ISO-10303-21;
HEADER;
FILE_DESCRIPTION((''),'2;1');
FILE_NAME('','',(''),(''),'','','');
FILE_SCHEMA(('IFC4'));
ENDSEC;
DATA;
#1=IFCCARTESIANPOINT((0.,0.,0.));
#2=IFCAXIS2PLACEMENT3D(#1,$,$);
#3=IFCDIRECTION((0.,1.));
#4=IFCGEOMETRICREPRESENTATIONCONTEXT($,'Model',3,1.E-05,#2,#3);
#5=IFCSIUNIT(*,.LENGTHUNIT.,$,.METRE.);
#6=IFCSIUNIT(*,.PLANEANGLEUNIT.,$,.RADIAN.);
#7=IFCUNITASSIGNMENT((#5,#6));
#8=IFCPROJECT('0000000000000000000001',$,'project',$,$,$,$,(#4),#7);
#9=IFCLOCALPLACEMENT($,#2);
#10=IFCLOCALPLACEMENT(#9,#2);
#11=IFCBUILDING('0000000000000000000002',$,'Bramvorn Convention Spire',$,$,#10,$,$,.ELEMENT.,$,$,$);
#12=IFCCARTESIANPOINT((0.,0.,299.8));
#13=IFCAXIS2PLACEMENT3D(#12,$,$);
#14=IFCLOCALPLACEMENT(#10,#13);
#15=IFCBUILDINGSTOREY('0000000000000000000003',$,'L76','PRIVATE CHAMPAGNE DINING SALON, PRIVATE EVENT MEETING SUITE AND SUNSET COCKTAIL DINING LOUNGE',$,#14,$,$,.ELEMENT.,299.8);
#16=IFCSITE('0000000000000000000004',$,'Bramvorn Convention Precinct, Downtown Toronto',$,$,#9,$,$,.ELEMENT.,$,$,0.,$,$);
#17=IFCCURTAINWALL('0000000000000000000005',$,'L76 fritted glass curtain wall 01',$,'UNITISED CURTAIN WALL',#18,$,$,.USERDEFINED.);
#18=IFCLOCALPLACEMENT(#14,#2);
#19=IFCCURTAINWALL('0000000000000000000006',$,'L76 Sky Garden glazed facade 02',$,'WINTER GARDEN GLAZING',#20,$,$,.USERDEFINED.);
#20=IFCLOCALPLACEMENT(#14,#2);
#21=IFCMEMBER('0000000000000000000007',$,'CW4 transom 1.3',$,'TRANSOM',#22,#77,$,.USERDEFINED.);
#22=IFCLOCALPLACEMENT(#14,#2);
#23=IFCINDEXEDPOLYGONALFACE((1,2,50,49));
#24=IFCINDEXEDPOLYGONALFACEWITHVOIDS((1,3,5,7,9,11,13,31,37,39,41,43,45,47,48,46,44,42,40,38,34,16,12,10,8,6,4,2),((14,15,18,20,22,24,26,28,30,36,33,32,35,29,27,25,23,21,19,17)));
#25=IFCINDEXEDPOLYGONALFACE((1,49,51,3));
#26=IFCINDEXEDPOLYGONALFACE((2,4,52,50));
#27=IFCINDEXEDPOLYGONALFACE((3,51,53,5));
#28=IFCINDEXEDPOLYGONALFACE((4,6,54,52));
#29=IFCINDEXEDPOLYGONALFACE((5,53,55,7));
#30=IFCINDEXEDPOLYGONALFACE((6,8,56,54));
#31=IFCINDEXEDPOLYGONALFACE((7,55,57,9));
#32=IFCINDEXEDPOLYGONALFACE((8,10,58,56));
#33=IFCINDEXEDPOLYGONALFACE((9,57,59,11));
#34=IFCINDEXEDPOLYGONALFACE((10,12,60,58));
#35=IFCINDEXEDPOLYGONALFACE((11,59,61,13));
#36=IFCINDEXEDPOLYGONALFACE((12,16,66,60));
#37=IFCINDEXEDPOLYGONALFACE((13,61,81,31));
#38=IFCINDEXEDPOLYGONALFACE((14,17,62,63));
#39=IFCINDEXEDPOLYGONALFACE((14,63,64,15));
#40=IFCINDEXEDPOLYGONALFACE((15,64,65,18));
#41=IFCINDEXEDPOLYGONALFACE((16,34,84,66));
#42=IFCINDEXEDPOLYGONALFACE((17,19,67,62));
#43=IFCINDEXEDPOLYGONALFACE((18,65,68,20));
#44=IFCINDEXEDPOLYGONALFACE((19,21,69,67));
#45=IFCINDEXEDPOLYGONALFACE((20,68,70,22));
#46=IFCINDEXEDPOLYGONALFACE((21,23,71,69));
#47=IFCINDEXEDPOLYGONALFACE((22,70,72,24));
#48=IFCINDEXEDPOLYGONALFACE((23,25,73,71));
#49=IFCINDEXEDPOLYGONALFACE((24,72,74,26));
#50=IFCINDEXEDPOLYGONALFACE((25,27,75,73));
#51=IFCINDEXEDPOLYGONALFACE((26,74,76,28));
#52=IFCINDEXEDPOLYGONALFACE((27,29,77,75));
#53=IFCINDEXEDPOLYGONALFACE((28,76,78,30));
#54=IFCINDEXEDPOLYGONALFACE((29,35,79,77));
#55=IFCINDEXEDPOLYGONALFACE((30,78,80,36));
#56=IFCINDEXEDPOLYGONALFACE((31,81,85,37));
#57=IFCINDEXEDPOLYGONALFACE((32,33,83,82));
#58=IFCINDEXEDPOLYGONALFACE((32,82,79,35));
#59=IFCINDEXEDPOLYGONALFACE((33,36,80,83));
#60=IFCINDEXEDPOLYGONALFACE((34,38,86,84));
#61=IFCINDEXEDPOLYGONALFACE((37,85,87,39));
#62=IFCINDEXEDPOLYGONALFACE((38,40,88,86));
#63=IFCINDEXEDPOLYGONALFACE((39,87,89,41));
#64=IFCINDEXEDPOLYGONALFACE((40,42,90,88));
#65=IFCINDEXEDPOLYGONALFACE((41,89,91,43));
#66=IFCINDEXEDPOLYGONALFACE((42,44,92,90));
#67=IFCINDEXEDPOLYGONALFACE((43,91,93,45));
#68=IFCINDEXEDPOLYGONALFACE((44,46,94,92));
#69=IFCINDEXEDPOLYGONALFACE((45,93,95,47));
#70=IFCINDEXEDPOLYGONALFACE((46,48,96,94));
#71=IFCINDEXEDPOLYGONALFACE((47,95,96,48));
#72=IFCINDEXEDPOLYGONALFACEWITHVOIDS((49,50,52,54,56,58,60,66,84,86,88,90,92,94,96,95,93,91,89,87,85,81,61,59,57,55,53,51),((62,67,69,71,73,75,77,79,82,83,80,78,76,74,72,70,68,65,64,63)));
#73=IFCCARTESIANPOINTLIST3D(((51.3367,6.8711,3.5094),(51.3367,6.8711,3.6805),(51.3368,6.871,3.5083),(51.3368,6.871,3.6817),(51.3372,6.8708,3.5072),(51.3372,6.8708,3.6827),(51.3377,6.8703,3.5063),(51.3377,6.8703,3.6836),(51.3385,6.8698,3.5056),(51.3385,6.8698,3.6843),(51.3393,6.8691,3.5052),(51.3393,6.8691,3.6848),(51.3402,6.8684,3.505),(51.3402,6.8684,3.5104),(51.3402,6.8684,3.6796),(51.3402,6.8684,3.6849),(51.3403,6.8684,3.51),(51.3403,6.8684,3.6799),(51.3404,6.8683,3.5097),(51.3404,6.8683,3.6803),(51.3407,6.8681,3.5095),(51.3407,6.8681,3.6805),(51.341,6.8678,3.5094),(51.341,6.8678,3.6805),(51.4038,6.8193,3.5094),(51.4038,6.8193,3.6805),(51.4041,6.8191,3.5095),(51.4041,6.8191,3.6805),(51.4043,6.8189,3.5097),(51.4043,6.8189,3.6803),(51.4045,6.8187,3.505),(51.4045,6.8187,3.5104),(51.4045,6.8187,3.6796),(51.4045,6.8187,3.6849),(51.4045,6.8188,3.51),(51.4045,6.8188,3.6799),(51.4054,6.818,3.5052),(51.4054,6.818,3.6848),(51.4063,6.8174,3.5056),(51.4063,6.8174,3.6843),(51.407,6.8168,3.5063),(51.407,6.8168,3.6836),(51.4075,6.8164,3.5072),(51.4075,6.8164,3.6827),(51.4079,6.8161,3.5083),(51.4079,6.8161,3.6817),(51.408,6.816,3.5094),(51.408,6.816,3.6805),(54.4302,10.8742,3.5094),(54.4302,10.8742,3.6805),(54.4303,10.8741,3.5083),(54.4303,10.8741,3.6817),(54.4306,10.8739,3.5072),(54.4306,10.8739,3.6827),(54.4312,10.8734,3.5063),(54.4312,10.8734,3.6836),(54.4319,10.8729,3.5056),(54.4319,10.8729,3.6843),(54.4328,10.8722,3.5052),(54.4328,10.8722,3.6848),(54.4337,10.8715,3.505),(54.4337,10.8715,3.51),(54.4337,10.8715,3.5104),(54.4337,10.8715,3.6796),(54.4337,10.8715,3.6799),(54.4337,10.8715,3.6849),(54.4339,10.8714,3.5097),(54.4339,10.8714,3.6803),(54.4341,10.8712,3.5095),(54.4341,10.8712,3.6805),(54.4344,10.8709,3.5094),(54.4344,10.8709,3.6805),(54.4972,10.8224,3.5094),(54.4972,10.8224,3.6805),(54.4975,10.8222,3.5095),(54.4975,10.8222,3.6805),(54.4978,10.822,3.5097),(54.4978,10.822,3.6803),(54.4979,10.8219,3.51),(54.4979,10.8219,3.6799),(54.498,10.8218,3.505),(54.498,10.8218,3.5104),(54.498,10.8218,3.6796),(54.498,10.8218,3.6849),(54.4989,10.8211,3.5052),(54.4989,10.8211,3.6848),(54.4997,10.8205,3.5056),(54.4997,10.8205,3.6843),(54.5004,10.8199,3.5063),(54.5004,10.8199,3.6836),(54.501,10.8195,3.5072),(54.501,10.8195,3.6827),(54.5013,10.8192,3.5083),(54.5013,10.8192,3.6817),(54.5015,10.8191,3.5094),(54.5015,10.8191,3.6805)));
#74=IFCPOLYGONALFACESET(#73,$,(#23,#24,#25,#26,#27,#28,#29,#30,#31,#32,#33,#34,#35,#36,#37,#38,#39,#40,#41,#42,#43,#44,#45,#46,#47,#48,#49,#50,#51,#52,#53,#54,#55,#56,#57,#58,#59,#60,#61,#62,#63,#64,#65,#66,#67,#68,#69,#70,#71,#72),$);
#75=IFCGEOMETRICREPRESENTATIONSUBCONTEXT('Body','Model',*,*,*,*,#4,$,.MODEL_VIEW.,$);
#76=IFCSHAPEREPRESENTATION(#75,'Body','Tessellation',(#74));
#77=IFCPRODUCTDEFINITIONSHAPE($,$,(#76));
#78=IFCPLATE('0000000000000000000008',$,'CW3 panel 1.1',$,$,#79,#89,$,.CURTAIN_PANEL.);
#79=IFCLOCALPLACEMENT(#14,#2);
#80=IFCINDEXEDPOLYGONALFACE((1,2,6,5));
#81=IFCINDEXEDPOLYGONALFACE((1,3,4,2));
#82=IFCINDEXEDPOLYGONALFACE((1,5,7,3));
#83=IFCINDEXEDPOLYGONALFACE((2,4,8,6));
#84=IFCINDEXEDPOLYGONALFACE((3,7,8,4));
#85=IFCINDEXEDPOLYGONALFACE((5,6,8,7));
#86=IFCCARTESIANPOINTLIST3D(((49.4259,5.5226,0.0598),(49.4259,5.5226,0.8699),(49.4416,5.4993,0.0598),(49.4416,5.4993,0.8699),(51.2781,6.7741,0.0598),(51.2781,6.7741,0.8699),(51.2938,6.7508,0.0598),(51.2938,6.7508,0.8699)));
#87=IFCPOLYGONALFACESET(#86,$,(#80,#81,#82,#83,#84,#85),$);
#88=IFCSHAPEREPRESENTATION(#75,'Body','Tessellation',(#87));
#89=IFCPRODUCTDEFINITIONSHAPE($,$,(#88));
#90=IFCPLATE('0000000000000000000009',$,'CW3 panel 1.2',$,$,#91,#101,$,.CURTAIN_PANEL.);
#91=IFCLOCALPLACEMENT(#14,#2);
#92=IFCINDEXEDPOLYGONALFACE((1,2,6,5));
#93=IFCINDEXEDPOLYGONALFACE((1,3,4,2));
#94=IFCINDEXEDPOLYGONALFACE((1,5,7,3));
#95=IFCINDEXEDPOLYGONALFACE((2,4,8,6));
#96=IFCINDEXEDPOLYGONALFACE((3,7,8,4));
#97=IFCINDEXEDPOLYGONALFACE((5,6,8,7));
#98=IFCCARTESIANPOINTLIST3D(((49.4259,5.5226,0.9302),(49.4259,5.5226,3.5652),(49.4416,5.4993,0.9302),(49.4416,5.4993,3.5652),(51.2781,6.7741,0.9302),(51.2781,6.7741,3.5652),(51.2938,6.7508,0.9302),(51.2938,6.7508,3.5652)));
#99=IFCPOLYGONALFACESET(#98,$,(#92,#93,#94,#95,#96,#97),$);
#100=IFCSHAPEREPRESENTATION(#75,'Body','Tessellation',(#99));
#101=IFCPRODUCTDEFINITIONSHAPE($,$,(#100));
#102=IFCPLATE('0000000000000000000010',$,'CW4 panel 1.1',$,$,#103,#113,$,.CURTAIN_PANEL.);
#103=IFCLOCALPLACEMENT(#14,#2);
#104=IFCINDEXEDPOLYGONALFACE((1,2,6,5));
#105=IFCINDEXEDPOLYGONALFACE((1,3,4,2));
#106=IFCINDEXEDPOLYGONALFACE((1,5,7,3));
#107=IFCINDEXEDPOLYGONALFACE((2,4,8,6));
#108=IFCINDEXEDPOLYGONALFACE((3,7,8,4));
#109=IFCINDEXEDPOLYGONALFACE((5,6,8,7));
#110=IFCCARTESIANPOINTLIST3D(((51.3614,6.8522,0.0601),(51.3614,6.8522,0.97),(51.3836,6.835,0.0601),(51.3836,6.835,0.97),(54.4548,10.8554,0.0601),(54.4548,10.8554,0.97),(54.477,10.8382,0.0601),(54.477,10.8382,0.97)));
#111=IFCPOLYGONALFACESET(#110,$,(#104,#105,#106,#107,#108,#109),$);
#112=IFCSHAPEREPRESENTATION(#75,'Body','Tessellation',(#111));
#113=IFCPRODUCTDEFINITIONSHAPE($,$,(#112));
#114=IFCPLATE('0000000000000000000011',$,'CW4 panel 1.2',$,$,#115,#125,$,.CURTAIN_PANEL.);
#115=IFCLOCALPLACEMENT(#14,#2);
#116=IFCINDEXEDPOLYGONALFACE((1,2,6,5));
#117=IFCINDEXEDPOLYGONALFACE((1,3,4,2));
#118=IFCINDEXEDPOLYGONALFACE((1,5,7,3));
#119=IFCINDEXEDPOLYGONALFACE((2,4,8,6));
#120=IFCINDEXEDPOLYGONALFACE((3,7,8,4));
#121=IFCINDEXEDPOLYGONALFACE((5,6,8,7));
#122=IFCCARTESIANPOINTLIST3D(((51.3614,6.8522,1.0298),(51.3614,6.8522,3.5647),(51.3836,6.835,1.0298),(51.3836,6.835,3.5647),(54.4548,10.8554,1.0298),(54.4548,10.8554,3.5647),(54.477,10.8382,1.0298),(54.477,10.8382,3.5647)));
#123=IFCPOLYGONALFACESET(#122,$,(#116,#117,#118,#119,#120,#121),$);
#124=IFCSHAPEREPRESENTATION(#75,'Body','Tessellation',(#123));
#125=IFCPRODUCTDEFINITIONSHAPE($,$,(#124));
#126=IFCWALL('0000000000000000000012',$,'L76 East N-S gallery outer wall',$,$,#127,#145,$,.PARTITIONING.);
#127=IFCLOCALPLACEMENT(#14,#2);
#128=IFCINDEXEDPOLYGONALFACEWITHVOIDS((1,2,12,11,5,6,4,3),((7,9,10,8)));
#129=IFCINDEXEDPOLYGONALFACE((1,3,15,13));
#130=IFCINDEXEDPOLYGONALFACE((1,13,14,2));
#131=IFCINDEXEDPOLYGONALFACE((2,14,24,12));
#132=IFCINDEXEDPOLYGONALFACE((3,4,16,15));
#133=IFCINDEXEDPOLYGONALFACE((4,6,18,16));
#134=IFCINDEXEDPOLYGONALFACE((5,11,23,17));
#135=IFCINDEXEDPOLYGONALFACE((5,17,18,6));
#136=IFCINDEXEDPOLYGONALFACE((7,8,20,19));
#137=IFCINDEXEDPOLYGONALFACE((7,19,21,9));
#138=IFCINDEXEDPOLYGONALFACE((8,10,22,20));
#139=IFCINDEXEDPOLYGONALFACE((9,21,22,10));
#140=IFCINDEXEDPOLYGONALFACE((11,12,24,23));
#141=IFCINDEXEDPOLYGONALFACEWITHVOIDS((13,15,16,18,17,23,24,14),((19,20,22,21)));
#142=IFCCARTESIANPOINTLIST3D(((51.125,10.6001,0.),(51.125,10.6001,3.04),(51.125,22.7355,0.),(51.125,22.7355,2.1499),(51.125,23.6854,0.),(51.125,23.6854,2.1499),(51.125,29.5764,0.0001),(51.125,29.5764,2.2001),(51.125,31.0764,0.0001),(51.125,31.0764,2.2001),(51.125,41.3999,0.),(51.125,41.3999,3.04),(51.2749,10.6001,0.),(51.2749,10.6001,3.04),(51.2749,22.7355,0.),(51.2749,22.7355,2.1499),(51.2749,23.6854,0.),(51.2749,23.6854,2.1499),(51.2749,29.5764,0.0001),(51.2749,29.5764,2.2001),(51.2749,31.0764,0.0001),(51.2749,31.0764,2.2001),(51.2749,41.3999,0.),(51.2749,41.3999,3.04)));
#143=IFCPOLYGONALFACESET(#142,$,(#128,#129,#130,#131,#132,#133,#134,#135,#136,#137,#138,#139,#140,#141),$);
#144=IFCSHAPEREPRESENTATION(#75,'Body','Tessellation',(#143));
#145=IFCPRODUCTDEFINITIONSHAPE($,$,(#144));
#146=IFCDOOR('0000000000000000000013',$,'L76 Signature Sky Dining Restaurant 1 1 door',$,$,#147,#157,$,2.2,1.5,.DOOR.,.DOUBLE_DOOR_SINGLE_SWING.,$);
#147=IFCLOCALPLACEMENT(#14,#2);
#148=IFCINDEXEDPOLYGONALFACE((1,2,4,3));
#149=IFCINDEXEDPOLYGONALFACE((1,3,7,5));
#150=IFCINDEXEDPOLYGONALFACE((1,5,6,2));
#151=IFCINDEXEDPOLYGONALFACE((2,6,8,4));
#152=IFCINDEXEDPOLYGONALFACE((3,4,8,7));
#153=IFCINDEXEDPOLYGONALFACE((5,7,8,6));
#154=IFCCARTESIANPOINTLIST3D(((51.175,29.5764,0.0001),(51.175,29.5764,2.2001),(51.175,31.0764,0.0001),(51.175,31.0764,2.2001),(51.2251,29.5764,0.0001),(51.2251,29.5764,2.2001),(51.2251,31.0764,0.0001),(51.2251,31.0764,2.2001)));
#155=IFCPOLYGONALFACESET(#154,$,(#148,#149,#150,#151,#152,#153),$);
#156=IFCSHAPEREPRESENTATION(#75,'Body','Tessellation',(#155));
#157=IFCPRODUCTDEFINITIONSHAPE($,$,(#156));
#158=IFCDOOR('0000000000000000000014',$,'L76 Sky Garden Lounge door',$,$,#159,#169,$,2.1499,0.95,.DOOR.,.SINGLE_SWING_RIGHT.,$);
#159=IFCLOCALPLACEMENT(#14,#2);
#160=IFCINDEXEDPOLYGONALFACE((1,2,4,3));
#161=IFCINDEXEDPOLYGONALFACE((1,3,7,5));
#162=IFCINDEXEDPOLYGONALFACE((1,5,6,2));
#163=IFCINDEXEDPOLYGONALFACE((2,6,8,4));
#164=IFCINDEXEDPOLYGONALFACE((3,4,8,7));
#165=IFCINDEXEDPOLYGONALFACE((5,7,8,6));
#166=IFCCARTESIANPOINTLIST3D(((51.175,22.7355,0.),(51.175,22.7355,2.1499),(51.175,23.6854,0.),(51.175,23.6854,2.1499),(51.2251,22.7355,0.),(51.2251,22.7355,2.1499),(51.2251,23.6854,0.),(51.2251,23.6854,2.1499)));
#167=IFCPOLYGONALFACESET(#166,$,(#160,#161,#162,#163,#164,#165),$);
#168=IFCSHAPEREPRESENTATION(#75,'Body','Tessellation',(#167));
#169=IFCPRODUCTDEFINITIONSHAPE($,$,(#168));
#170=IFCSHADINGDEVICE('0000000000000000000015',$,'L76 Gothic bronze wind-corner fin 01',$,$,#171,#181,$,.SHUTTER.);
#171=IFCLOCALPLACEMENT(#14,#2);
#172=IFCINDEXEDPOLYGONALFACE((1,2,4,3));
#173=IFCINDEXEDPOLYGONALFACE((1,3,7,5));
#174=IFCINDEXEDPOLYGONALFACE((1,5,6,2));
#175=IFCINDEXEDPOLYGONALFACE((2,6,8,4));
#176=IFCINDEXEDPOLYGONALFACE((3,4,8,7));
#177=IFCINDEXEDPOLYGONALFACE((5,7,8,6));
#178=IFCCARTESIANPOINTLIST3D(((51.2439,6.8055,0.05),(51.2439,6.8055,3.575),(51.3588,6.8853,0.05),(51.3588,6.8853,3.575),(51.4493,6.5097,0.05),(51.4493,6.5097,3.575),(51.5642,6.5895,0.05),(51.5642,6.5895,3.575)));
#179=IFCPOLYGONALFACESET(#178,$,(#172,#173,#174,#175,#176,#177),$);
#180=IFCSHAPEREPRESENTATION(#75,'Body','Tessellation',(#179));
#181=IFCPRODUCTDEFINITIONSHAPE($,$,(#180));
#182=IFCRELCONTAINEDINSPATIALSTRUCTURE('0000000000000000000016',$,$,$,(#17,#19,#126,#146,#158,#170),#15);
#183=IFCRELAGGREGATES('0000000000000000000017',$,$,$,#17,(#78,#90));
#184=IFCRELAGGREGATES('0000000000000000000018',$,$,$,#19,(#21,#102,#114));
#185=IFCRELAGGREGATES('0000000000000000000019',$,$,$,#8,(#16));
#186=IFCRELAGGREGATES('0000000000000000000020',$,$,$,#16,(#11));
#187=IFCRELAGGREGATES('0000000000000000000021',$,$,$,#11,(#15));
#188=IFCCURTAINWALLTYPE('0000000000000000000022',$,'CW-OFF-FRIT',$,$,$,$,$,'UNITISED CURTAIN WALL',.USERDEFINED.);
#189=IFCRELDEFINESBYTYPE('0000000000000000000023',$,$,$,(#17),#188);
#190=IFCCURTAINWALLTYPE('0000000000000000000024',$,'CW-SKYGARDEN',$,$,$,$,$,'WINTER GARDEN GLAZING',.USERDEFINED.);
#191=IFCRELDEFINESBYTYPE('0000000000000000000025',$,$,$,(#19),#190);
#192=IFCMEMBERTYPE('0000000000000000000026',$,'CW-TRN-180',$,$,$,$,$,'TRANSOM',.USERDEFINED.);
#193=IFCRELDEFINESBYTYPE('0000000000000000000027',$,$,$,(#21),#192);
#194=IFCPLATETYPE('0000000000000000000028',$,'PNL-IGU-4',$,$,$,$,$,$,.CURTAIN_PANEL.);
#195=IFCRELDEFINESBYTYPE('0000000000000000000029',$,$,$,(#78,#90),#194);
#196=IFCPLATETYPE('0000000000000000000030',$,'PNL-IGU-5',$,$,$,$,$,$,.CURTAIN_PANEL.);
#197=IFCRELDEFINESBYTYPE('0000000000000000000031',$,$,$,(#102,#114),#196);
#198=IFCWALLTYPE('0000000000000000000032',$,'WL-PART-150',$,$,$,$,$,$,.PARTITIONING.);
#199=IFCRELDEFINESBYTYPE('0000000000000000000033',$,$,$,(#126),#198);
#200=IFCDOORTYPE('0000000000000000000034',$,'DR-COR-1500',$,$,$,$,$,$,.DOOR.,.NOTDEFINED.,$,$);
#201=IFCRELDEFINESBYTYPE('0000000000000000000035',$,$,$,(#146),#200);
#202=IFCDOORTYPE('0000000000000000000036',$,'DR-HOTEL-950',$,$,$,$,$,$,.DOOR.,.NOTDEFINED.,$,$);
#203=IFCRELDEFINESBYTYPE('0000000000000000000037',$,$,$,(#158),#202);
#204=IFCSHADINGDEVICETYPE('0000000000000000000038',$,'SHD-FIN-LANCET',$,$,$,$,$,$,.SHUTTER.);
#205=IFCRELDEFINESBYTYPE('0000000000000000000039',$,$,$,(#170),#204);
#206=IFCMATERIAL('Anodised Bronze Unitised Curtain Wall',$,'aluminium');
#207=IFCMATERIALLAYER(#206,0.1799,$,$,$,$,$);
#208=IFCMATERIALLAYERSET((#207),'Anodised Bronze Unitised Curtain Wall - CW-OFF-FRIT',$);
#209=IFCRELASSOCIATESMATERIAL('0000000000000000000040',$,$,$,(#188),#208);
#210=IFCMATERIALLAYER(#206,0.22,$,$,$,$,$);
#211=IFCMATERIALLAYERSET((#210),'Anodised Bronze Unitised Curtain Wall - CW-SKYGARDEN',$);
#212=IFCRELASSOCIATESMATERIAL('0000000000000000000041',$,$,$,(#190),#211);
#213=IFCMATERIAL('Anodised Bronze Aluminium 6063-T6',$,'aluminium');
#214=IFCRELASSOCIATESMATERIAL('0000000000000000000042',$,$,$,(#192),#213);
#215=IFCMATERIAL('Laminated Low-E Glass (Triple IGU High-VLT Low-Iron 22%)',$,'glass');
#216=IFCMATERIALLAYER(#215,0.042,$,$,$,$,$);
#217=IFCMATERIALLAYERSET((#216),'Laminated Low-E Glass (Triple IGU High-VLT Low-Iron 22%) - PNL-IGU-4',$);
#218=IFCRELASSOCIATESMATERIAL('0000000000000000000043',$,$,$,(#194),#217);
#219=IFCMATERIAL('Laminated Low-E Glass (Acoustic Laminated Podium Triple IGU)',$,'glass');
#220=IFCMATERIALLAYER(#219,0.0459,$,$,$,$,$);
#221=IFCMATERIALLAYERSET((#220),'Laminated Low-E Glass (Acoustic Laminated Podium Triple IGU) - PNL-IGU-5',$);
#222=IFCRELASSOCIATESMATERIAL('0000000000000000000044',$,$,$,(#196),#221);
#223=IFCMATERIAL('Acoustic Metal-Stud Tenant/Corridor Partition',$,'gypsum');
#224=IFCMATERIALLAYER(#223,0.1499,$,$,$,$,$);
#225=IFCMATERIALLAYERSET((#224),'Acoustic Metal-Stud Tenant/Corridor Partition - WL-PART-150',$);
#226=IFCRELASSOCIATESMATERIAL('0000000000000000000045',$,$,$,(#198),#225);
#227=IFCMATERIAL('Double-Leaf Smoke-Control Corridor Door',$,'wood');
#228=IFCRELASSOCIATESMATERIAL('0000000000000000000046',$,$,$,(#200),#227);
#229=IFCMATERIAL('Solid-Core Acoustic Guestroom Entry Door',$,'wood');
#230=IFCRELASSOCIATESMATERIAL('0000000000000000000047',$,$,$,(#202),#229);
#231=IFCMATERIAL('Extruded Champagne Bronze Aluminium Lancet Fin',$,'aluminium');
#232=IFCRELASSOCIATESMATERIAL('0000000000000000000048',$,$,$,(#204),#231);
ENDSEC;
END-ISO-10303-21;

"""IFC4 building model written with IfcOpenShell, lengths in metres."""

from ifc_helpers import new_model, si_unit, direction, frame, frame_2d, origin, origin_2d, place, context, subcontext, project, spatial, rectangle, hollow_rectangle, extrude, material, layer, layer_set, material_profile, profile_set, type_object, element, fill, aggregate, save


model = new_model("IFC4")

# Units and contexts
model_context = context("Model", 3, precision=1e-05, world=origin(), true_north=direction((0.0, 1.0)))
body_context = subcontext(model_context, "Body", "Model", "MODEL_VIEW")
ifc_project = project(units=[si_unit("LENGTHUNIT", "METRE"), si_unit("PLANEANGLEUNIT", "RADIAN")], contexts=[model_context])

# Site, building, storey
site_placement = place(None, origin())
site = spatial("IfcSite", under=ifc_project, at=site_placement, Name="Bramvorn Convention Precinct, Downtown Toronto", CompositionType="ELEMENT", RefElevation=0.0)
building_placement = place(site_placement, origin())
building = spatial("IfcBuilding", under=site, at=building_placement, Name="Bramvorn Convention Spire", CompositionType="ELEMENT")
storey_placement = place(building_placement, frame((0.0, 0.0, 299.8)))
storey = spatial("IfcBuildingStorey", under=building, at=storey_placement, Name="L76", Description="PRIVATE CHAMPAGNE DINING SALON, PRIVATE EVENT MEETING SUITE AND SUNSET COCKTAIL DINING LOUNGE", CompositionType="ELEMENT", Elevation=299.8)

# Curtain walls
ifc_material_1 = material(Name="Anodised Bronze Unitised Curtain Wall", Category="aluminium")
ifc_layer_1 = layer(ifc_material_1, 0.1799)
ifc_layer_set_1 = layer_set([ifc_layer_1], Name="Anodised Bronze Unitised Curtain Wall - CW-OFF-FRIT")
curtain_wall_type_1 = type_object("IfcCurtainWallType", Name="CW-OFF-FRIT", ElementType="UNITISED CURTAIN WALL", PredefinedType="USERDEFINED", material=ifc_layer_set_1)
curtain_wall_1_placement = place(storey_placement, origin())
curtain_wall_1 = element("IfcCurtainWall", 1, at=curtain_wall_1_placement, inside=storey, type_object=curtain_wall_type_1, Name="L76 fritted glass curtain wall 01", ObjectType="UNITISED CURTAIN WALL", PredefinedType="USERDEFINED")
ifc_material_2 = material(Name="Anodised Bronze Aluminium 6063-T6", Category="aluminium")
ifc_layer_2 = layer(ifc_material_1, 0.22)
ifc_layer_set_2 = layer_set([ifc_layer_2], Name="Anodised Bronze Unitised Curtain Wall - CW-SKYGARDEN")
curtain_wall_type_2 = type_object("IfcCurtainWallType", Name="CW-SKYGARDEN", ElementType="WINTER GARDEN GLAZING", PredefinedType="USERDEFINED", material=ifc_layer_set_2)
curtain_wall_2_placement = place(storey_placement, origin())
curtain_wall_2 = element("IfcCurtainWall", 2, at=curtain_wall_2_placement, inside=storey, type_object=curtain_wall_type_2, Name="L76 Sky Garden glazed facade 02", ObjectType="WINTER GARDEN GLAZING", PredefinedType="USERDEFINED")

# Member
ifc_material_profile_1 = material_profile(ifc_material_2, hollow_rectangle(XDim=0.0901, YDim=0.1799, WallThickness=0.0044, InnerFilletRadius=0.001, OuterFilletRadius=0.0044, at=origin_2d()))
ifc_profile_set_1 = profile_set([ifc_material_profile_1], Name="Anodised Bronze Aluminium 6063-T6 - CWT90X180")
member_type_1 = type_object("IfcMemberType", Name="CW-TRN-180", ElementType="TRANSOM", PredefinedType="USERDEFINED", material=ifc_profile_set_1)
member_1_placement = place(storey_placement, frame((54.4658, 10.8467, 3.595), z_axis=(-0.611465, -0.791271, 0.0), x_axis=(0.791271, -0.611465, 0.0)))
member_1 = element("IfcMember", 3, at=member_1_placement, type_object=member_type_1, Name="CW4 transom 1.3", ObjectType="TRANSOM", PredefinedType="USERDEFINED", context=body_context, shape_type="SweptSolid", body=[
    extrude(hollow_rectangle(XDim=0.0901, YDim=0.1799, WallThickness=0.0044, InnerFilletRadius=0.001, OuterFilletRadius=0.0044, at=origin_2d()), origin(), (0.0, 0.0, 1.0), 5.0591),
])

# Plates
ifc_material_3 = material(Name="Laminated Low-E Glass (Triple IGU High-VLT Low-Iron 22%)", Category="glass")
ifc_layer_3 = layer(ifc_material_3, 0.042)
ifc_layer_set_3 = layer_set([ifc_layer_3], Name="Laminated Low-E Glass (Triple IGU High-VLT Low-Iron 22%) - PNL-IGU-4")
plate_type_1 = type_object("IfcPlateType", Name="PNL-IGU-4", PredefinedType="CURTAIN_PANEL", material=ifc_layer_set_3)
plate_1_placement = place(storey_placement, frame((50.3599, 6.1367, 0.0598), z_axis=(0.0, 0.0, 1.0), x_axis=(-0.828584, -0.559865, 0.0)))
plate_1 = element("IfcPlate", 4, at=plate_1_placement, type_object=plate_type_1, Name="CW3 panel 1.1", PredefinedType="CURTAIN_PANEL", context=body_context, shape_type="SweptSolid", body=[
    extrude(rectangle(XDim=2.2354, YDim=0.0281, at=origin_2d()), origin(), (0.0, 0.0, 1.0), 0.8101),
])
plate_2_placement = place(storey_placement, frame((50.3599, 6.1367, 0.9302), z_axis=(0.0, 0.0, 1.0), x_axis=(-0.828584, -0.559865, 0.0)))
plate_2 = element("IfcPlate", 5, at=plate_2_placement, type_object=plate_type_1, Name="CW3 panel 1.2", PredefinedType="CURTAIN_PANEL", context=body_context, shape_type="SweptSolid", body=[
    extrude(rectangle(XDim=2.2354, YDim=0.0281, at=origin_2d()), origin(), (0.0, 0.0, 1.0), 2.635),
])
aggregate(curtain_wall_1, [plate_1, plate_2])
ifc_material_4 = material(Name="Laminated Low-E Glass (Acoustic Laminated Podium Triple IGU)", Category="glass")
ifc_layer_4 = layer(ifc_material_4, 0.0459)
ifc_layer_set_4 = layer_set([ifc_layer_4], Name="Laminated Low-E Glass (Acoustic Laminated Podium Triple IGU) - PNL-IGU-5")
plate_type_2 = type_object("IfcPlateType", Name="PNL-IGU-5", PredefinedType="CURTAIN_PANEL", material=ifc_layer_set_4)
plate_3_placement = place(storey_placement, frame((52.9192, 8.8452, 0.0601), z_axis=(0.0, 0.0, 1.0), x_axis=(-0.611449, -0.791284, 0.0)))
plate_3 = element("IfcPlate", 6, at=plate_3_placement, type_object=plate_type_2, Name="CW4 panel 1.1", PredefinedType="CURTAIN_PANEL", context=body_context, shape_type="SweptSolid", body=[
    extrude(rectangle(XDim=5.0591, YDim=0.0281, at=origin_2d()), origin(), (0.0, 0.0, 1.0), 0.9099),
])
plate_4_placement = place(storey_placement, frame((52.9192, 8.8452, 1.0298), z_axis=(0.0, 0.0, 1.0), x_axis=(-0.611449, -0.791284, 0.0)))
plate_4 = element("IfcPlate", 7, at=plate_4_placement, type_object=plate_type_2, Name="CW4 panel 1.2", PredefinedType="CURTAIN_PANEL", context=body_context, shape_type="SweptSolid", body=[
    extrude(rectangle(XDim=5.0591, YDim=0.0281, at=origin_2d()), origin(), (0.0, 0.0, 1.0), 2.5349),
])
aggregate(curtain_wall_2, [member_1, plate_3, plate_4])

# Wall, openings, doors
ifc_material_5 = material(Name="Acoustic Metal-Stud Tenant/Corridor Partition", Category="gypsum")
ifc_layer_5 = layer(ifc_material_5, 0.1499)
ifc_layer_set_5 = layer_set([ifc_layer_5], Name="Acoustic Metal-Stud Tenant/Corridor Partition - WL-PART-150")
wall_type = type_object("IfcWallType", Name="WL-PART-150", PredefinedType="PARTITIONING", material=ifc_layer_set_5)
wall_placement = place(storey_placement, frame((51.2, 10.6001, 0.0), z_axis=(0.0, 0.0, 1.0), x_axis=(0.0, 1.0, 0.0)))
wall = element("IfcWall", 8, at=wall_placement, inside=storey, type_object=wall_type, Name="L76 East N-S gallery outer wall", PredefinedType="PARTITIONING", context=body_context, shape_type="SweptSolid", body=[
    extrude(rectangle(XDim=30.7998, YDim=0.1499, at=frame_2d((15.3999, 0.0))), origin(), (0.0, 0.0, 1.0), 3.04),
])
opening_1_placement = place(wall_placement, frame((18.9763, 0.0, 0.0)))
opening_1 = element("IfcOpeningElement", 9, at=opening_1_placement, cuts=wall, PredefinedType="OPENING", context=body_context, shape_type="SweptSolid", body=[
    extrude(rectangle(XDim=1.5, YDim=2.2, at=frame_2d((0.75, 1.1001))), frame((0.0, 0.085, 0.0), z_axis=(0.0, -1.0, 0.0), x_axis=(1.0, 0.0, 0.0)), (0.0, 0.0, 1.0), 0.1699),
])
opening_2_placement = place(wall_placement, frame((12.1353, 0.0, 0.0)))
opening_2 = element("IfcOpeningElement", 10, at=opening_2_placement, cuts=wall, PredefinedType="OPENING", context=body_context, shape_type="SweptSolid", body=[
    extrude(rectangle(XDim=0.95, YDim=2.1499, at=frame_2d((0.4751, 1.075))), frame((0.0, 0.085, 0.0), z_axis=(0.0, -1.0, 0.0), x_axis=(1.0, 0.0, 0.0)), (0.0, 0.0, 1.0), 0.1699),
])
ifc_material_6 = material(Name="Double-Leaf Smoke-Control Corridor Door", Category="wood")
door_type_1 = type_object("IfcDoorType", Name="DR-COR-1500", OperationType="NOTDEFINED", PredefinedType="DOOR", material=ifc_material_6)
door_1_placement = place(opening_1_placement, origin())
door_1 = element("IfcDoor", 11, at=door_1_placement, inside=storey, type_object=door_type_1, Name="L76 Signature Sky Dining Restaurant 1 1 door", OperationType="DOUBLE_DOOR_SINGLE_SWING", OverallHeight=2.2, OverallWidth=1.5, PredefinedType="DOOR", context=body_context, shape_type="SweptSolid", body=[
    extrude(rectangle(XDim=1.5, YDim=2.2, at=frame_2d((0.75, 1.1001))), frame((0.0, 0.0249, 0.0), z_axis=(0.0, -1.0, 0.0), x_axis=(1.0, 0.0, 0.0)), (0.0, 0.0, 1.0), 0.05),
])
fill(opening_1, door_1)
ifc_material_7 = material(Name="Solid-Core Acoustic Guestroom Entry Door", Category="wood")
door_type_2 = type_object("IfcDoorType", Name="DR-HOTEL-950", OperationType="NOTDEFINED", PredefinedType="DOOR", material=ifc_material_7)
door_2_placement = place(opening_2_placement, origin())
door_2 = element("IfcDoor", 12, at=door_2_placement, inside=storey, type_object=door_type_2, Name="L76 Sky Garden Lounge door", OperationType="SINGLE_SWING_RIGHT", OverallHeight=2.1499, OverallWidth=0.95, PredefinedType="DOOR", context=body_context, shape_type="SweptSolid", body=[
    extrude(rectangle(XDim=0.95, YDim=2.1499, at=frame_2d((0.4751, 1.075))), frame((0.0, 0.0249, 0.0), z_axis=(0.0, -1.0, 0.0), x_axis=(1.0, 0.0, 0.0)), (0.0, 0.0, 1.0), 0.05),
])
fill(opening_2, door_2)

# Shading device
ifc_material_8 = material(Name="Extruded Champagne Bronze Aluminium Lancet Fin", Category="aluminium")
shading_device_type = type_object("IfcShadingDeviceType", Name="SHD-FIN-LANCET", PredefinedType="SHUTTER", material=ifc_material_8)
shading_device_placement = place(storey_placement, frame((51.4041, 6.6975, 0.05), z_axis=(0.0, 0.0, 1.0), x_axis=(0.570384, -0.821378, 0.0)))
element("IfcShadingDevice", 13, at=shading_device_placement, inside=storey, type_object=shading_device_type, Name="L76 Gothic bronze wind-corner fin 01", PredefinedType="SHUTTER", context=body_context, shape_type="SweptSolid", body=[
    extrude(rectangle(XDim=0.3601, YDim=0.1399, at=origin_2d()), origin(), (0.0, 0.0, 1.0), 3.5249),
])

save(model, "model.ifc")
